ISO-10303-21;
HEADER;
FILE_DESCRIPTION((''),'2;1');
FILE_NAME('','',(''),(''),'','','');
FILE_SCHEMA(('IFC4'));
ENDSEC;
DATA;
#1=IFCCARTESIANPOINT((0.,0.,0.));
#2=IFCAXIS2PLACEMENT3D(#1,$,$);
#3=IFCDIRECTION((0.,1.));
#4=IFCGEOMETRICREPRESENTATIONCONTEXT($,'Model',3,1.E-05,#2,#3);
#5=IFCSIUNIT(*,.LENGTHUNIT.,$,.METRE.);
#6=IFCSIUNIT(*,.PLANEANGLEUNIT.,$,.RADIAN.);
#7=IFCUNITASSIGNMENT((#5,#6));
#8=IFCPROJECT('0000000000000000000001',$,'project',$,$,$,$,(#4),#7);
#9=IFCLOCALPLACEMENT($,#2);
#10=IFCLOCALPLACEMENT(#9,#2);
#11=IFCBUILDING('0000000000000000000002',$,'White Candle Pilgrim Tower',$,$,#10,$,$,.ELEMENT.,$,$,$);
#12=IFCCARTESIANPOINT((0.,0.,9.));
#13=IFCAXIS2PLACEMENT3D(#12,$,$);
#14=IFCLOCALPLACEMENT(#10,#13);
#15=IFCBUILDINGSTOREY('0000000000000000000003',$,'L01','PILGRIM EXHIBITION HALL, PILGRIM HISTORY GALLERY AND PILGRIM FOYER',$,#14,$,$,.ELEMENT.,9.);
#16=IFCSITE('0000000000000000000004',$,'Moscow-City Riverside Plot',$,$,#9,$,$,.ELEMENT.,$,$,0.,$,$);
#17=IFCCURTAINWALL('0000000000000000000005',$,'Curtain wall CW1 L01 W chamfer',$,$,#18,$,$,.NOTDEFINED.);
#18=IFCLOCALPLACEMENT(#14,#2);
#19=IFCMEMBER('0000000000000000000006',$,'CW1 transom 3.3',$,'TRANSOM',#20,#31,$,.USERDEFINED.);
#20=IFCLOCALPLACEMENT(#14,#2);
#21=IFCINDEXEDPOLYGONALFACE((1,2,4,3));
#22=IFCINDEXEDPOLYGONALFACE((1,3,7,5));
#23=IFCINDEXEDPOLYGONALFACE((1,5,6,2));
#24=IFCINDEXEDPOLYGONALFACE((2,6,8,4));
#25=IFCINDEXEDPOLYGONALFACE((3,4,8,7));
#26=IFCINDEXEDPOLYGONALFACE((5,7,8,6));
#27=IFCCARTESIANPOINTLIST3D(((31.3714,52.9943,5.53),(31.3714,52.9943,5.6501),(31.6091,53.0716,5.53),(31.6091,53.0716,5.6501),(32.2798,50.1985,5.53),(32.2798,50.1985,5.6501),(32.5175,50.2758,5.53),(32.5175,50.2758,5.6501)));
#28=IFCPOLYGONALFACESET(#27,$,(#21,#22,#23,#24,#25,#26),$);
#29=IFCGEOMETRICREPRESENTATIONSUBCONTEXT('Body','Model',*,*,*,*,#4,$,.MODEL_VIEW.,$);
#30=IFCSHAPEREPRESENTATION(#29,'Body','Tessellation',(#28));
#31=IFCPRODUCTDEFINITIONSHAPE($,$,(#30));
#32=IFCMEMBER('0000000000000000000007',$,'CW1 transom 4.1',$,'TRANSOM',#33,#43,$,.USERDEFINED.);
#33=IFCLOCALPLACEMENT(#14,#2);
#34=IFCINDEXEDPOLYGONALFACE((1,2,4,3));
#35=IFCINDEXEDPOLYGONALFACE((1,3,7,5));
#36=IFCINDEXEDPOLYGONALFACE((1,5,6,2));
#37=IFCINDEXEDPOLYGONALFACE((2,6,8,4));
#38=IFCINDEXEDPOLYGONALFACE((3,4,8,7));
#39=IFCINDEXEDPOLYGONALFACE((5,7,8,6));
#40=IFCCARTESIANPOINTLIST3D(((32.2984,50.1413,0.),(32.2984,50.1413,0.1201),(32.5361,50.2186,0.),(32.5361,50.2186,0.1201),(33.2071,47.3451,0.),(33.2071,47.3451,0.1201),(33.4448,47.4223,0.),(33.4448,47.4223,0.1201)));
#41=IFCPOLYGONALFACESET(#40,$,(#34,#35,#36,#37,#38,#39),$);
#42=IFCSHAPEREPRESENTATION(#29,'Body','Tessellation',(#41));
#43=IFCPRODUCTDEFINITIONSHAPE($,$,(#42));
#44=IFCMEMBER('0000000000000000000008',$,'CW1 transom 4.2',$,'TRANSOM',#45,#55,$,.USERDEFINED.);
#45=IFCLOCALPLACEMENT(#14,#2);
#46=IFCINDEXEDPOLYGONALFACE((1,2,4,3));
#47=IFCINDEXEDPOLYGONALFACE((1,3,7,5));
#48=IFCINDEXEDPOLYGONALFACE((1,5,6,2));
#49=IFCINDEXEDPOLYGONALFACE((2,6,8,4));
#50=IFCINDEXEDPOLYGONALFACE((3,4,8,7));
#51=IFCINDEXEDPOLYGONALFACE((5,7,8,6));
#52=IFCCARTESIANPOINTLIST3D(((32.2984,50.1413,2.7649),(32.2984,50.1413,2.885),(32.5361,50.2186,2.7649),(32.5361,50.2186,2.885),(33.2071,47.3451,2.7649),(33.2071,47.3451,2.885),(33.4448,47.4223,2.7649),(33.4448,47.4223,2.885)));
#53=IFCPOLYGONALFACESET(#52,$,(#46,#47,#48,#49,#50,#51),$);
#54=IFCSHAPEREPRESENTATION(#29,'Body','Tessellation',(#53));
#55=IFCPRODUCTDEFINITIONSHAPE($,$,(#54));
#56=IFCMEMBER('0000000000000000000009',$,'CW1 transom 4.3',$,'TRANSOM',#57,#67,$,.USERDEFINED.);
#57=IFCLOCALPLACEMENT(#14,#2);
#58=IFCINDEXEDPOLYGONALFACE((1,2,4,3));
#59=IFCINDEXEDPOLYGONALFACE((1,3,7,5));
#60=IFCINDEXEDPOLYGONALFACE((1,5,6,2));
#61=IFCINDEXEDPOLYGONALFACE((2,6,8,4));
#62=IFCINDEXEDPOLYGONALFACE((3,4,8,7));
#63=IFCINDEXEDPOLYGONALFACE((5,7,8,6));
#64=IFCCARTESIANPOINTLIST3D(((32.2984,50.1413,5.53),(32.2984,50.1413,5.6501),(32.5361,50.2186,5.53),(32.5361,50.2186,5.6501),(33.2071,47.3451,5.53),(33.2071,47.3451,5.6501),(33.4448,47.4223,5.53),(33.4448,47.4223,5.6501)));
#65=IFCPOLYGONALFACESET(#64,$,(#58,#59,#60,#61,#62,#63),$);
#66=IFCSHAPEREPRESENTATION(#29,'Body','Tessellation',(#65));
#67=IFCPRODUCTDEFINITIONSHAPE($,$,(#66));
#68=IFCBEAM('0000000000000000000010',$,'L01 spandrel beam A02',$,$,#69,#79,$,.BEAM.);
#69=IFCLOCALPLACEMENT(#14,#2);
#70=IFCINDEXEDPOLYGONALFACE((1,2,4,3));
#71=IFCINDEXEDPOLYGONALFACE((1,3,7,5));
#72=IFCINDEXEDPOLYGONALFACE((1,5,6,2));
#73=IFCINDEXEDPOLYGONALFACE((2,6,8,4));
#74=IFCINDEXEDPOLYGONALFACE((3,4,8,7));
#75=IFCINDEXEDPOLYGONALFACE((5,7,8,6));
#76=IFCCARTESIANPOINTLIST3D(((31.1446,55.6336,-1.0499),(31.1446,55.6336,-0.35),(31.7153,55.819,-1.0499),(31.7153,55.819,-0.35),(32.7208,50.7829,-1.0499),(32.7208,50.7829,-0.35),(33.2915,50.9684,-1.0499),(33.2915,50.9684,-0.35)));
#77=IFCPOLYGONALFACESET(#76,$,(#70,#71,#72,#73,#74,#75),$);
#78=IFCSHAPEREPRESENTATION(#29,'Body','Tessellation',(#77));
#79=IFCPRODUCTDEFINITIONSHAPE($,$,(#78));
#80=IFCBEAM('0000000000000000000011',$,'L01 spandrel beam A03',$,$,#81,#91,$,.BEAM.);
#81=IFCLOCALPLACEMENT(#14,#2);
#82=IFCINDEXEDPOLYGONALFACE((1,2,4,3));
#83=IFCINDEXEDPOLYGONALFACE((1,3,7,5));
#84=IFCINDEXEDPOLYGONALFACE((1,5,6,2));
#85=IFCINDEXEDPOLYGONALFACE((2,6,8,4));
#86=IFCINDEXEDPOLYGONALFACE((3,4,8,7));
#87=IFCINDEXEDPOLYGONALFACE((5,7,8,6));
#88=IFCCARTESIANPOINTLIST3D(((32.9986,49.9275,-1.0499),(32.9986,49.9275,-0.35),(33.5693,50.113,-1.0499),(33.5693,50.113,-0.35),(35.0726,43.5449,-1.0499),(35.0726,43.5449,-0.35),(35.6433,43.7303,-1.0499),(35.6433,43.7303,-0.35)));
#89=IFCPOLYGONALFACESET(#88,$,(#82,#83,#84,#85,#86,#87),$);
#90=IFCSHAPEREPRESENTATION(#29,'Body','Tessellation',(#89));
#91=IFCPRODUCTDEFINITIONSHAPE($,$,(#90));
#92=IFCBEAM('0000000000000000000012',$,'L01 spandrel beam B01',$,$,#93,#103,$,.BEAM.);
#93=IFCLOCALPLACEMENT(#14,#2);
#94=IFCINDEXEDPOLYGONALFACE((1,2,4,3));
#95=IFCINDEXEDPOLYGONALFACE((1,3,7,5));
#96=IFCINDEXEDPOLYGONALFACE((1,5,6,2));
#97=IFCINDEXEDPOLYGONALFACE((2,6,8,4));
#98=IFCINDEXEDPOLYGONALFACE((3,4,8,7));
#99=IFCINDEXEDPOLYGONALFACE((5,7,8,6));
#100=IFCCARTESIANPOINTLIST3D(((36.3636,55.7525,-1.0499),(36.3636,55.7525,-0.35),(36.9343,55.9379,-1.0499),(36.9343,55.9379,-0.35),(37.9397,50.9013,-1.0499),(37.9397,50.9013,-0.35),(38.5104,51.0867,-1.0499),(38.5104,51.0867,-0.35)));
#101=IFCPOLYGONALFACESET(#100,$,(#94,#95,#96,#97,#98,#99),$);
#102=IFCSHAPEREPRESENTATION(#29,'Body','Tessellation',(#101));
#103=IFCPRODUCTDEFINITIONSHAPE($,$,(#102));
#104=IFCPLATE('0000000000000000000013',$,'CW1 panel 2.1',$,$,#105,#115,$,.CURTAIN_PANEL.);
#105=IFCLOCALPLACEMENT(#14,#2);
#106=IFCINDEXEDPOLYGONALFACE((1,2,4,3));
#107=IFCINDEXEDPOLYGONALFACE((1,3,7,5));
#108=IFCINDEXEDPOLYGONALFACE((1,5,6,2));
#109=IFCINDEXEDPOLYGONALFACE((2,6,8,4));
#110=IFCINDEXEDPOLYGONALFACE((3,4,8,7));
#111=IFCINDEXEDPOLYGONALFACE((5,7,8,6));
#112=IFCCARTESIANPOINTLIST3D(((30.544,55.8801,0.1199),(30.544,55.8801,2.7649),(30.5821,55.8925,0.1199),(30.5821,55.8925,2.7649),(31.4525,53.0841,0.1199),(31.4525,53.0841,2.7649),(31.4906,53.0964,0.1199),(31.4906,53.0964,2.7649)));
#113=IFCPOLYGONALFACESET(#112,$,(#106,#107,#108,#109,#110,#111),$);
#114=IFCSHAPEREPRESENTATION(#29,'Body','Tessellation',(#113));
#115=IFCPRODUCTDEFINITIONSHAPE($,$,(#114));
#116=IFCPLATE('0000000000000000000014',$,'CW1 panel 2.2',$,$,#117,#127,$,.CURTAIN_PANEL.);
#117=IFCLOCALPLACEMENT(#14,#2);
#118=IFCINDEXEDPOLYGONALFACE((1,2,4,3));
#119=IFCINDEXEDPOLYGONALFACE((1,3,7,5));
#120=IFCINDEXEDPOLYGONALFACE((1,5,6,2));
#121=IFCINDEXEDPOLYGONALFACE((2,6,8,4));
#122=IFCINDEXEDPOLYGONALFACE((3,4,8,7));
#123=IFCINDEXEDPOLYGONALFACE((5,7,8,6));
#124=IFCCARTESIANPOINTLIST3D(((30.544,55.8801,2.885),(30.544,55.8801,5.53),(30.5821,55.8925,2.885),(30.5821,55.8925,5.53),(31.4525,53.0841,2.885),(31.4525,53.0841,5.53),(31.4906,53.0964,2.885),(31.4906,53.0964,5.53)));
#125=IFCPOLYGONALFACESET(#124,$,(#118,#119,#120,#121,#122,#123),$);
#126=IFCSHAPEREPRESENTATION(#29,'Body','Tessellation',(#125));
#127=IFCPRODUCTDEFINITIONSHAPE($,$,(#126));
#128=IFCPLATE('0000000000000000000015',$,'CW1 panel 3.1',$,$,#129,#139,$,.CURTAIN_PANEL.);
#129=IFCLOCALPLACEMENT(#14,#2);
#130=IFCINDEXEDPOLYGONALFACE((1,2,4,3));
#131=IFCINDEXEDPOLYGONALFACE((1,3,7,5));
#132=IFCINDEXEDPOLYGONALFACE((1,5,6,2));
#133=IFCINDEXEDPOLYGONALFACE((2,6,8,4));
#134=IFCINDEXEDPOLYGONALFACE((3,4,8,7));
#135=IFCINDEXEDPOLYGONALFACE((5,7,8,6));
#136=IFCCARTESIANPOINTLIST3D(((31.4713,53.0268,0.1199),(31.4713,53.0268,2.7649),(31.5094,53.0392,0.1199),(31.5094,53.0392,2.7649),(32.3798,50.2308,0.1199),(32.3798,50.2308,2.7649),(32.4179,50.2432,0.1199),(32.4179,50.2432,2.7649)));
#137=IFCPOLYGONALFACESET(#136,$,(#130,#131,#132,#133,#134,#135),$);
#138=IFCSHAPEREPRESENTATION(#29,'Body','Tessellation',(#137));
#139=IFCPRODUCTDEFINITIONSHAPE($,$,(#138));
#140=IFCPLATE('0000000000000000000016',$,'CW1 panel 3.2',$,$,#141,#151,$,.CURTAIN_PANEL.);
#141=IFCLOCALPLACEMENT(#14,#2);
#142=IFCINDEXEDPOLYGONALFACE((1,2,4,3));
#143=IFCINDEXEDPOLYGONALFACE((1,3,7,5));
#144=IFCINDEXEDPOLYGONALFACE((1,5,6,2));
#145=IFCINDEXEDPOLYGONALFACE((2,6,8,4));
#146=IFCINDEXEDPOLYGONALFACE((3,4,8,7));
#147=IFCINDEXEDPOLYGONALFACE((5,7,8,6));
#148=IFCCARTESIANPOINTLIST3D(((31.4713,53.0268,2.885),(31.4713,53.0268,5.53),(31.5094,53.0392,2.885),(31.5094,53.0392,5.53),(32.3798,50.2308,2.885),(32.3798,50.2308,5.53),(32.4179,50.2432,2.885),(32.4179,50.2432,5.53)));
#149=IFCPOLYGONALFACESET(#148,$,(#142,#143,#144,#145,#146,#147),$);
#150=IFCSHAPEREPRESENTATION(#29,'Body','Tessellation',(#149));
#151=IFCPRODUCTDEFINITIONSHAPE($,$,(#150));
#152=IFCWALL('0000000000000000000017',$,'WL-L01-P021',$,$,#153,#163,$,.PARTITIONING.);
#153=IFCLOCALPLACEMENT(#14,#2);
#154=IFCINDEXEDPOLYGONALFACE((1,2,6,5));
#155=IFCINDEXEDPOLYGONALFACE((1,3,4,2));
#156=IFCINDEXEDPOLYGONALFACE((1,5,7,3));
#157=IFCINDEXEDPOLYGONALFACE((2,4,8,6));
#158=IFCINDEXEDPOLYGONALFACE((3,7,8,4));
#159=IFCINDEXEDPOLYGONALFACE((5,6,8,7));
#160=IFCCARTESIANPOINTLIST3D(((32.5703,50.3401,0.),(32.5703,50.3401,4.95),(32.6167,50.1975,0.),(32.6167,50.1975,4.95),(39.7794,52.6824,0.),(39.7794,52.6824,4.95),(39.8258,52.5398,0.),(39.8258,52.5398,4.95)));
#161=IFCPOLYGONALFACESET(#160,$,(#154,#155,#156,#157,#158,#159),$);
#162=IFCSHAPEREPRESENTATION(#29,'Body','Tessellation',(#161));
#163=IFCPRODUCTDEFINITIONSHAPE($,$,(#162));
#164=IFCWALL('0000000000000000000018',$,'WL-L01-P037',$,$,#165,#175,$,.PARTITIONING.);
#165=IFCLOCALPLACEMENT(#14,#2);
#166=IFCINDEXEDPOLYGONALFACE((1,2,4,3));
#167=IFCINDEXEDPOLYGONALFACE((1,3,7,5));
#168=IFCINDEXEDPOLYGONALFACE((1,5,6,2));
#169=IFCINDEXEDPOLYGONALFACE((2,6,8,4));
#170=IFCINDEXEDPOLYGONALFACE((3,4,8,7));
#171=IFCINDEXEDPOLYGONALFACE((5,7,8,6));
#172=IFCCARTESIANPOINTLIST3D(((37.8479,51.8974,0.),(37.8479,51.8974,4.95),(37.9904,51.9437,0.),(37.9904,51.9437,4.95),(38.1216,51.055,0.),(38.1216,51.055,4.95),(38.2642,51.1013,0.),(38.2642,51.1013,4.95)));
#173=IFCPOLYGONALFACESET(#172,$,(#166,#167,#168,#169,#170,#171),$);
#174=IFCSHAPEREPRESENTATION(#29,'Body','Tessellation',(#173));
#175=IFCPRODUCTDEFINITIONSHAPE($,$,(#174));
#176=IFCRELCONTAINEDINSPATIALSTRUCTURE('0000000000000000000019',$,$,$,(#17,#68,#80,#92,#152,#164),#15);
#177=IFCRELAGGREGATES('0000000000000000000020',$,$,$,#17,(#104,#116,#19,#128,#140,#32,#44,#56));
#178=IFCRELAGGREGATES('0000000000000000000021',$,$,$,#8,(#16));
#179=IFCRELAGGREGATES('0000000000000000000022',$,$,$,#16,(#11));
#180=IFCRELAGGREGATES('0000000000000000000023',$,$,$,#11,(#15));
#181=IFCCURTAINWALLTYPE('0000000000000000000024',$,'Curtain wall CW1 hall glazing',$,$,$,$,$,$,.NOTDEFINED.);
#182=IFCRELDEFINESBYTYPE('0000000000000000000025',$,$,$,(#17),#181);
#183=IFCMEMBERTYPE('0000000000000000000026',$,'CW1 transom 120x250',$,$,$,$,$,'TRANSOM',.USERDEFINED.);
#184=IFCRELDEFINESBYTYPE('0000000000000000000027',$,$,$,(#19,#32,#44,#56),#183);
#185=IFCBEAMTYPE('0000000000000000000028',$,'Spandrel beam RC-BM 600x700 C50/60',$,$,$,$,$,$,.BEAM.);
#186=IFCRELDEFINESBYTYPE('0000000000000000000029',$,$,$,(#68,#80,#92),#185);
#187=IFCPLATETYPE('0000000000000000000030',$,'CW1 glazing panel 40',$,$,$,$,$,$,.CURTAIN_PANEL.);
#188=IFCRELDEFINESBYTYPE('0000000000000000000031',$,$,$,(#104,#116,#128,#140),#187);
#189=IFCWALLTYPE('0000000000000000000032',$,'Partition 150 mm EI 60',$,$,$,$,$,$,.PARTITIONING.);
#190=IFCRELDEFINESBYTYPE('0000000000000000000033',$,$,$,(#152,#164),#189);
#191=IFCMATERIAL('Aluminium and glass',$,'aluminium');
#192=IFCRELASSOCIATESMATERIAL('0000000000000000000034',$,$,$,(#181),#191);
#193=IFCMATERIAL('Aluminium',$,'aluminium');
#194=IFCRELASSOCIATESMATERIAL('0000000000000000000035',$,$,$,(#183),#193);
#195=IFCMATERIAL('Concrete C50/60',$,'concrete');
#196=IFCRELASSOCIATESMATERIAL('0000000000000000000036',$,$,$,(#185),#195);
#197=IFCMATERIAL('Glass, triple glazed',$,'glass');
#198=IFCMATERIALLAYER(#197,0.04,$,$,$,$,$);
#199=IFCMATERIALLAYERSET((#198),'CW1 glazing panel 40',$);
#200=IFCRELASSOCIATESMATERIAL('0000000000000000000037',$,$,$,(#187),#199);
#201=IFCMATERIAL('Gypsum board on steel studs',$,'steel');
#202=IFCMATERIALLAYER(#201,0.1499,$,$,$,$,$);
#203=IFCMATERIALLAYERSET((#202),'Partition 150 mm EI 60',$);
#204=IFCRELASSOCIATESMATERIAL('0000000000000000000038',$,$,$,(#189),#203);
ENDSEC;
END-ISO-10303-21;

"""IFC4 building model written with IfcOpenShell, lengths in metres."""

from ifc_helpers import new_model, si_unit, direction, frame, frame_2d, origin, origin_2d, place, context, subcontext, project, spatial, rectangle, extrude, material, layer, layer_set, material_profile, profile_set, type_object, element, aggregate, save


model = new_model("IFC4")

# Units and contexts
model_context = context("Model", 3, precision=1e-05, world=origin(), true_north=direction((0.0, 1.0)))
body_context = subcontext(model_context, "Body", "Model", "MODEL_VIEW")
ifc_project = project(units=[si_unit("LENGTHUNIT", "METRE"), si_unit("PLANEANGLEUNIT", "RADIAN")], contexts=[model_context])

# Site, building, storey
site_placement = place(None, origin())
site = spatial("IfcSite", under=ifc_project, at=site_placement, Name="Moscow-City Riverside Plot", CompositionType="ELEMENT", RefElevation=0.0)
building_placement = place(site_placement, origin())
building = spatial("IfcBuilding", under=site, at=building_placement, Name="White Candle Pilgrim Tower", CompositionType="ELEMENT")
storey_placement = place(building_placement, frame((0.0, 0.0, 9.0)))
storey = spatial("IfcBuildingStorey", under=building, at=storey_placement, Name="L01", Description="PILGRIM EXHIBITION HALL, PILGRIM HISTORY GALLERY AND PILGRIM FOYER", CompositionType="ELEMENT", Elevation=9.0)

# Curtain wall, members
ifc_material_1 = material(Name="Aluminium and glass", Category="aluminium")
curtain_wall_type = type_object("IfcCurtainWallType", Name="Curtain wall CW1 hall glazing", PredefinedType="NOTDEFINED", material=ifc_material_1)
curtain_wall_placement = place(storey_placement, origin())
curtain_wall = element("IfcCurtainWall", 1, at=curtain_wall_placement, inside=storey, type_object=curtain_wall_type, Name="Curtain wall CW1 L01 W chamfer", PredefinedType="NOTDEFINED")
ifc_material_2 = material(Name="Aluminium", Category="aluminium")
ifc_material_profile_1 = material_profile(ifc_material_2, rectangle(XDim=0.25, YDim=0.1201, at=origin_2d()), Name="CW1 transom 120x250")
ifc_profile_set_1 = profile_set([ifc_material_profile_1], Name="Aluminium")
member_type_1 = type_object("IfcMemberType", Name="CW1 transom 120x250", ElementType="TRANSOM", PredefinedType="USERDEFINED", material=ifc_profile_set_1)
member_1_placement = place(storey_placement, frame((31.4902, 53.033, 5.5901), z_axis=(0.309018, -0.951056, 0.0), x_axis=(0.951056, 0.309018, 0.0)))
member_1 = element("IfcMember", 2, at=member_1_placement, type_object=member_type_1, Name="CW1 transom 3.3", ObjectType="TRANSOM", PredefinedType="USERDEFINED", context=body_context, shape_type="SweptSolid", body=[
    extrude(rectangle(XDim=0.25, YDim=0.1201, at=origin_2d()), origin(), (0.0, 0.0, 1.0), 2.9397),
])
member_2_placement = place(storey_placement, frame((32.4172, 50.1799, 0.0601), z_axis=(0.309069, -0.95104, 0.0), x_axis=(0.95104, 0.309069, 0.0)))
member_2 = element("IfcMember", 3, at=member_2_placement, type_object=member_type_1, Name="CW1 transom 4.1", ObjectType="TRANSOM", PredefinedType="USERDEFINED", context=body_context, shape_type="SweptSolid", body=[
    extrude(rectangle(XDim=0.25, YDim=0.1201, at=origin_2d()), origin(), (0.0, 0.0, 1.0), 2.9402),
])
member_3_placement = place(storey_placement, frame((32.4172, 50.1799, 2.825), z_axis=(0.309069, -0.95104, 0.0), x_axis=(0.95104, 0.309069, 0.0)))
member_3 = element("IfcMember", 4, at=member_3_placement, type_object=member_type_1, Name="CW1 transom 4.2", ObjectType="TRANSOM", PredefinedType="USERDEFINED", context=body_context, shape_type="SweptSolid", body=[
    extrude(rectangle(XDim=0.25, YDim=0.1201, at=origin_2d()), origin(), (0.0, 0.0, 1.0), 2.9402),
])
member_4_placement = place(storey_placement, frame((32.4172, 50.1799, 5.5901), z_axis=(0.309069, -0.95104, 0.0), x_axis=(0.95104, 0.309069, 0.0)))
member_4 = element("IfcMember", 5, at=member_4_placement, type_object=member_type_1, Name="CW1 transom 4.3", ObjectType="TRANSOM", PredefinedType="USERDEFINED", context=body_context, shape_type="SweptSolid", body=[
    extrude(rectangle(XDim=0.25, YDim=0.1201, at=origin_2d()), origin(), (0.0, 0.0, 1.0), 2.9402),
])

# Beams
ifc_material_3 = material(Name="Concrete C50/60", Category="concrete")
ifc_material_profile_2 = material_profile(ifc_material_3, rectangle(XDim=0.6001, YDim=0.7, at=origin_2d()), Name="RC-BM 600x700")
ifc_profile_set_2 = profile_set([ifc_material_profile_2], Name="Concrete C50/60")
beam_type = type_object("IfcBeamType", Name="Spandrel beam RC-BM 600x700 C50/60", PredefinedType="BEAM", material=ifc_profile_set_2)
beam_1_placement = place(storey_placement, frame((31.4299, 55.7263, -0.7), z_axis=(0.309038, -0.95105, 0.0), x_axis=(0.95105, 0.309038, 0.0)))
element("IfcBeam", 6, at=beam_1_placement, inside=storey, type_object=beam_type, Name="L01 spandrel beam A02", PredefinedType="BEAM", context=body_context, shape_type="SweptSolid", body=[
    extrude(rectangle(XDim=0.6001, YDim=0.7, at=origin_2d()), origin(), (0.0, 0.0, 1.0), 5.1003),
])
beam_2_placement = place(storey_placement, frame((33.2839, 50.0203, -0.7), z_axis=(0.309038, -0.95105, 0.0), x_axis=(0.95105, 0.309038, 0.0)))
element("IfcBeam", 7, at=beam_2_placement, inside=storey, type_object=beam_type, Name="L01 spandrel beam A03", PredefinedType="BEAM", context=body_context, shape_type="SweptSolid", body=[
    extrude(rectangle(XDim=0.6001, YDim=0.7, at=origin_2d()), origin(), (0.0, 0.0, 1.0), 6.7112),
])
beam_3_placement = place(storey_placement, frame((36.6489, 55.8452, -0.7), z_axis=(0.308996, -0.951063, 0.0), x_axis=(0.951063, 0.308996, 0.0)))
element("IfcBeam", 8, at=beam_3_placement, inside=storey, type_object=beam_type, Name="L01 spandrel beam B01", PredefinedType="BEAM", context=body_context, shape_type="SweptSolid", body=[
    extrude(rectangle(XDim=0.6001, YDim=0.7, at=origin_2d()), origin(), (0.0, 0.0, 1.0), 5.1008),
])

# Plates
ifc_material_4 = material(Name="Glass, triple glazed", Category="glass")
ifc_layer_1 = layer(ifc_material_4, 0.04)
ifc_layer_set_1 = layer_set([ifc_layer_1], Name="CW1 glazing panel 40")
plate_type = type_object("IfcPlateType", Name="CW1 glazing panel 40", PredefinedType="CURTAIN_PANEL", material=ifc_layer_set_1)
plate_1_placement = place(storey_placement, frame((31.0173, 54.4883, 0.1199), z_axis=(0.0, 0.0, 1.0), x_axis=(0.309017, -0.951057, 0.0)))
plate_1 = element("IfcPlate", 9, at=plate_1_placement, type_object=plate_type, Name="CW1 panel 2.1", PredefinedType="CURTAIN_PANEL", context=body_context, shape_type="SweptSolid", body=[
    extrude(rectangle(XDim=2.9399, YDim=0.04, at=origin_2d()), origin(), (0.0, 0.0, 1.0), 2.645),
])
plate_2_placement = place(storey_placement, frame((31.0173, 54.4883, 2.885), z_axis=(0.0, 0.0, 1.0), x_axis=(0.309017, -0.951057, 0.0)))
plate_2 = element("IfcPlate", 10, at=plate_2_placement, type_object=plate_type, Name="CW1 panel 2.2", PredefinedType="CURTAIN_PANEL", context=body_context, shape_type="SweptSolid", body=[
    extrude(rectangle(XDim=2.9399, YDim=0.04, at=origin_2d()), origin(), (0.0, 0.0, 1.0), 2.645),
])
plate_3_placement = place(storey_placement, frame((31.9446, 51.635, 0.1199), z_axis=(0.0, 0.0, 1.0), x_axis=(0.309017, -0.951057, 0.0)))
plate_3 = element("IfcPlate", 11, at=plate_3_placement, type_object=plate_type, Name="CW1 panel 3.1", PredefinedType="CURTAIN_PANEL", context=body_context, shape_type="SweptSolid", body=[
    extrude(rectangle(XDim=2.9399, YDim=0.04, at=origin_2d()), origin(), (0.0, 0.0, 1.0), 2.645),
])
plate_4_placement = place(storey_placement, frame((31.9446, 51.635, 2.885), z_axis=(0.0, 0.0, 1.0), x_axis=(0.309017, -0.951057, 0.0)))
plate_4 = element("IfcPlate", 12, at=plate_4_placement, type_object=plate_type, Name="CW1 panel 3.2", PredefinedType="CURTAIN_PANEL", context=body_context, shape_type="SweptSolid", body=[
    extrude(rectangle(XDim=2.9399, YDim=0.04, at=origin_2d()), origin(), (0.0, 0.0, 1.0), 2.645),
])
aggregate(curtain_wall, [plate_1, plate_2, member_1, plate_3, plate_4, member_2, member_3, member_4])

# Walls
ifc_material_5 = material(Name="Gypsum board on steel studs", Category="steel")
ifc_layer_2 = layer(ifc_material_5, 0.1499)
ifc_layer_set_2 = layer_set([ifc_layer_2], Name="Partition 150 mm EI 60")
wall_type = type_object("IfcWallType", Name="Partition 150 mm EI 60", PredefinedType="PARTITIONING", material=ifc_layer_set_2)
wall_1_placement = place(storey_placement, frame((32.5935, 50.2688, 0.0), z_axis=(0.0, 0.0, 1.0), x_axis=(0.951059, 0.30901, 0.0)))
element("IfcWall", 13, at=wall_1_placement, inside=storey, type_object=wall_type, Name="WL-L01-P021", PredefinedType="PARTITIONING", context=body_context, shape_type="SweptSolid", body=[
    extrude(rectangle(XDim=7.5801, YDim=0.1499, at=frame_2d((3.79, 0.0))), origin(), (0.0, 0.0, 1.0), 4.95),
])
wall_2_placement = place(storey_placement, frame((38.1929, 51.0781, 0.0), z_axis=(0.0, 0.0, 1.0), x_axis=(-0.309024, 0.951054, 0.0)))
element("IfcWall", 14, at=wall_2_placement, inside=storey, type_object=wall_type, Name="WL-L01-P037", PredefinedType="PARTITIONING", context=body_context, shape_type="SweptSolid", body=[
    extrude(rectangle(XDim=0.8857, YDim=0.1499, at=frame_2d((0.4429, 0.0))), origin(), (0.0, 0.0, 1.0), 4.95),
])

save(model, "model.ifc")
